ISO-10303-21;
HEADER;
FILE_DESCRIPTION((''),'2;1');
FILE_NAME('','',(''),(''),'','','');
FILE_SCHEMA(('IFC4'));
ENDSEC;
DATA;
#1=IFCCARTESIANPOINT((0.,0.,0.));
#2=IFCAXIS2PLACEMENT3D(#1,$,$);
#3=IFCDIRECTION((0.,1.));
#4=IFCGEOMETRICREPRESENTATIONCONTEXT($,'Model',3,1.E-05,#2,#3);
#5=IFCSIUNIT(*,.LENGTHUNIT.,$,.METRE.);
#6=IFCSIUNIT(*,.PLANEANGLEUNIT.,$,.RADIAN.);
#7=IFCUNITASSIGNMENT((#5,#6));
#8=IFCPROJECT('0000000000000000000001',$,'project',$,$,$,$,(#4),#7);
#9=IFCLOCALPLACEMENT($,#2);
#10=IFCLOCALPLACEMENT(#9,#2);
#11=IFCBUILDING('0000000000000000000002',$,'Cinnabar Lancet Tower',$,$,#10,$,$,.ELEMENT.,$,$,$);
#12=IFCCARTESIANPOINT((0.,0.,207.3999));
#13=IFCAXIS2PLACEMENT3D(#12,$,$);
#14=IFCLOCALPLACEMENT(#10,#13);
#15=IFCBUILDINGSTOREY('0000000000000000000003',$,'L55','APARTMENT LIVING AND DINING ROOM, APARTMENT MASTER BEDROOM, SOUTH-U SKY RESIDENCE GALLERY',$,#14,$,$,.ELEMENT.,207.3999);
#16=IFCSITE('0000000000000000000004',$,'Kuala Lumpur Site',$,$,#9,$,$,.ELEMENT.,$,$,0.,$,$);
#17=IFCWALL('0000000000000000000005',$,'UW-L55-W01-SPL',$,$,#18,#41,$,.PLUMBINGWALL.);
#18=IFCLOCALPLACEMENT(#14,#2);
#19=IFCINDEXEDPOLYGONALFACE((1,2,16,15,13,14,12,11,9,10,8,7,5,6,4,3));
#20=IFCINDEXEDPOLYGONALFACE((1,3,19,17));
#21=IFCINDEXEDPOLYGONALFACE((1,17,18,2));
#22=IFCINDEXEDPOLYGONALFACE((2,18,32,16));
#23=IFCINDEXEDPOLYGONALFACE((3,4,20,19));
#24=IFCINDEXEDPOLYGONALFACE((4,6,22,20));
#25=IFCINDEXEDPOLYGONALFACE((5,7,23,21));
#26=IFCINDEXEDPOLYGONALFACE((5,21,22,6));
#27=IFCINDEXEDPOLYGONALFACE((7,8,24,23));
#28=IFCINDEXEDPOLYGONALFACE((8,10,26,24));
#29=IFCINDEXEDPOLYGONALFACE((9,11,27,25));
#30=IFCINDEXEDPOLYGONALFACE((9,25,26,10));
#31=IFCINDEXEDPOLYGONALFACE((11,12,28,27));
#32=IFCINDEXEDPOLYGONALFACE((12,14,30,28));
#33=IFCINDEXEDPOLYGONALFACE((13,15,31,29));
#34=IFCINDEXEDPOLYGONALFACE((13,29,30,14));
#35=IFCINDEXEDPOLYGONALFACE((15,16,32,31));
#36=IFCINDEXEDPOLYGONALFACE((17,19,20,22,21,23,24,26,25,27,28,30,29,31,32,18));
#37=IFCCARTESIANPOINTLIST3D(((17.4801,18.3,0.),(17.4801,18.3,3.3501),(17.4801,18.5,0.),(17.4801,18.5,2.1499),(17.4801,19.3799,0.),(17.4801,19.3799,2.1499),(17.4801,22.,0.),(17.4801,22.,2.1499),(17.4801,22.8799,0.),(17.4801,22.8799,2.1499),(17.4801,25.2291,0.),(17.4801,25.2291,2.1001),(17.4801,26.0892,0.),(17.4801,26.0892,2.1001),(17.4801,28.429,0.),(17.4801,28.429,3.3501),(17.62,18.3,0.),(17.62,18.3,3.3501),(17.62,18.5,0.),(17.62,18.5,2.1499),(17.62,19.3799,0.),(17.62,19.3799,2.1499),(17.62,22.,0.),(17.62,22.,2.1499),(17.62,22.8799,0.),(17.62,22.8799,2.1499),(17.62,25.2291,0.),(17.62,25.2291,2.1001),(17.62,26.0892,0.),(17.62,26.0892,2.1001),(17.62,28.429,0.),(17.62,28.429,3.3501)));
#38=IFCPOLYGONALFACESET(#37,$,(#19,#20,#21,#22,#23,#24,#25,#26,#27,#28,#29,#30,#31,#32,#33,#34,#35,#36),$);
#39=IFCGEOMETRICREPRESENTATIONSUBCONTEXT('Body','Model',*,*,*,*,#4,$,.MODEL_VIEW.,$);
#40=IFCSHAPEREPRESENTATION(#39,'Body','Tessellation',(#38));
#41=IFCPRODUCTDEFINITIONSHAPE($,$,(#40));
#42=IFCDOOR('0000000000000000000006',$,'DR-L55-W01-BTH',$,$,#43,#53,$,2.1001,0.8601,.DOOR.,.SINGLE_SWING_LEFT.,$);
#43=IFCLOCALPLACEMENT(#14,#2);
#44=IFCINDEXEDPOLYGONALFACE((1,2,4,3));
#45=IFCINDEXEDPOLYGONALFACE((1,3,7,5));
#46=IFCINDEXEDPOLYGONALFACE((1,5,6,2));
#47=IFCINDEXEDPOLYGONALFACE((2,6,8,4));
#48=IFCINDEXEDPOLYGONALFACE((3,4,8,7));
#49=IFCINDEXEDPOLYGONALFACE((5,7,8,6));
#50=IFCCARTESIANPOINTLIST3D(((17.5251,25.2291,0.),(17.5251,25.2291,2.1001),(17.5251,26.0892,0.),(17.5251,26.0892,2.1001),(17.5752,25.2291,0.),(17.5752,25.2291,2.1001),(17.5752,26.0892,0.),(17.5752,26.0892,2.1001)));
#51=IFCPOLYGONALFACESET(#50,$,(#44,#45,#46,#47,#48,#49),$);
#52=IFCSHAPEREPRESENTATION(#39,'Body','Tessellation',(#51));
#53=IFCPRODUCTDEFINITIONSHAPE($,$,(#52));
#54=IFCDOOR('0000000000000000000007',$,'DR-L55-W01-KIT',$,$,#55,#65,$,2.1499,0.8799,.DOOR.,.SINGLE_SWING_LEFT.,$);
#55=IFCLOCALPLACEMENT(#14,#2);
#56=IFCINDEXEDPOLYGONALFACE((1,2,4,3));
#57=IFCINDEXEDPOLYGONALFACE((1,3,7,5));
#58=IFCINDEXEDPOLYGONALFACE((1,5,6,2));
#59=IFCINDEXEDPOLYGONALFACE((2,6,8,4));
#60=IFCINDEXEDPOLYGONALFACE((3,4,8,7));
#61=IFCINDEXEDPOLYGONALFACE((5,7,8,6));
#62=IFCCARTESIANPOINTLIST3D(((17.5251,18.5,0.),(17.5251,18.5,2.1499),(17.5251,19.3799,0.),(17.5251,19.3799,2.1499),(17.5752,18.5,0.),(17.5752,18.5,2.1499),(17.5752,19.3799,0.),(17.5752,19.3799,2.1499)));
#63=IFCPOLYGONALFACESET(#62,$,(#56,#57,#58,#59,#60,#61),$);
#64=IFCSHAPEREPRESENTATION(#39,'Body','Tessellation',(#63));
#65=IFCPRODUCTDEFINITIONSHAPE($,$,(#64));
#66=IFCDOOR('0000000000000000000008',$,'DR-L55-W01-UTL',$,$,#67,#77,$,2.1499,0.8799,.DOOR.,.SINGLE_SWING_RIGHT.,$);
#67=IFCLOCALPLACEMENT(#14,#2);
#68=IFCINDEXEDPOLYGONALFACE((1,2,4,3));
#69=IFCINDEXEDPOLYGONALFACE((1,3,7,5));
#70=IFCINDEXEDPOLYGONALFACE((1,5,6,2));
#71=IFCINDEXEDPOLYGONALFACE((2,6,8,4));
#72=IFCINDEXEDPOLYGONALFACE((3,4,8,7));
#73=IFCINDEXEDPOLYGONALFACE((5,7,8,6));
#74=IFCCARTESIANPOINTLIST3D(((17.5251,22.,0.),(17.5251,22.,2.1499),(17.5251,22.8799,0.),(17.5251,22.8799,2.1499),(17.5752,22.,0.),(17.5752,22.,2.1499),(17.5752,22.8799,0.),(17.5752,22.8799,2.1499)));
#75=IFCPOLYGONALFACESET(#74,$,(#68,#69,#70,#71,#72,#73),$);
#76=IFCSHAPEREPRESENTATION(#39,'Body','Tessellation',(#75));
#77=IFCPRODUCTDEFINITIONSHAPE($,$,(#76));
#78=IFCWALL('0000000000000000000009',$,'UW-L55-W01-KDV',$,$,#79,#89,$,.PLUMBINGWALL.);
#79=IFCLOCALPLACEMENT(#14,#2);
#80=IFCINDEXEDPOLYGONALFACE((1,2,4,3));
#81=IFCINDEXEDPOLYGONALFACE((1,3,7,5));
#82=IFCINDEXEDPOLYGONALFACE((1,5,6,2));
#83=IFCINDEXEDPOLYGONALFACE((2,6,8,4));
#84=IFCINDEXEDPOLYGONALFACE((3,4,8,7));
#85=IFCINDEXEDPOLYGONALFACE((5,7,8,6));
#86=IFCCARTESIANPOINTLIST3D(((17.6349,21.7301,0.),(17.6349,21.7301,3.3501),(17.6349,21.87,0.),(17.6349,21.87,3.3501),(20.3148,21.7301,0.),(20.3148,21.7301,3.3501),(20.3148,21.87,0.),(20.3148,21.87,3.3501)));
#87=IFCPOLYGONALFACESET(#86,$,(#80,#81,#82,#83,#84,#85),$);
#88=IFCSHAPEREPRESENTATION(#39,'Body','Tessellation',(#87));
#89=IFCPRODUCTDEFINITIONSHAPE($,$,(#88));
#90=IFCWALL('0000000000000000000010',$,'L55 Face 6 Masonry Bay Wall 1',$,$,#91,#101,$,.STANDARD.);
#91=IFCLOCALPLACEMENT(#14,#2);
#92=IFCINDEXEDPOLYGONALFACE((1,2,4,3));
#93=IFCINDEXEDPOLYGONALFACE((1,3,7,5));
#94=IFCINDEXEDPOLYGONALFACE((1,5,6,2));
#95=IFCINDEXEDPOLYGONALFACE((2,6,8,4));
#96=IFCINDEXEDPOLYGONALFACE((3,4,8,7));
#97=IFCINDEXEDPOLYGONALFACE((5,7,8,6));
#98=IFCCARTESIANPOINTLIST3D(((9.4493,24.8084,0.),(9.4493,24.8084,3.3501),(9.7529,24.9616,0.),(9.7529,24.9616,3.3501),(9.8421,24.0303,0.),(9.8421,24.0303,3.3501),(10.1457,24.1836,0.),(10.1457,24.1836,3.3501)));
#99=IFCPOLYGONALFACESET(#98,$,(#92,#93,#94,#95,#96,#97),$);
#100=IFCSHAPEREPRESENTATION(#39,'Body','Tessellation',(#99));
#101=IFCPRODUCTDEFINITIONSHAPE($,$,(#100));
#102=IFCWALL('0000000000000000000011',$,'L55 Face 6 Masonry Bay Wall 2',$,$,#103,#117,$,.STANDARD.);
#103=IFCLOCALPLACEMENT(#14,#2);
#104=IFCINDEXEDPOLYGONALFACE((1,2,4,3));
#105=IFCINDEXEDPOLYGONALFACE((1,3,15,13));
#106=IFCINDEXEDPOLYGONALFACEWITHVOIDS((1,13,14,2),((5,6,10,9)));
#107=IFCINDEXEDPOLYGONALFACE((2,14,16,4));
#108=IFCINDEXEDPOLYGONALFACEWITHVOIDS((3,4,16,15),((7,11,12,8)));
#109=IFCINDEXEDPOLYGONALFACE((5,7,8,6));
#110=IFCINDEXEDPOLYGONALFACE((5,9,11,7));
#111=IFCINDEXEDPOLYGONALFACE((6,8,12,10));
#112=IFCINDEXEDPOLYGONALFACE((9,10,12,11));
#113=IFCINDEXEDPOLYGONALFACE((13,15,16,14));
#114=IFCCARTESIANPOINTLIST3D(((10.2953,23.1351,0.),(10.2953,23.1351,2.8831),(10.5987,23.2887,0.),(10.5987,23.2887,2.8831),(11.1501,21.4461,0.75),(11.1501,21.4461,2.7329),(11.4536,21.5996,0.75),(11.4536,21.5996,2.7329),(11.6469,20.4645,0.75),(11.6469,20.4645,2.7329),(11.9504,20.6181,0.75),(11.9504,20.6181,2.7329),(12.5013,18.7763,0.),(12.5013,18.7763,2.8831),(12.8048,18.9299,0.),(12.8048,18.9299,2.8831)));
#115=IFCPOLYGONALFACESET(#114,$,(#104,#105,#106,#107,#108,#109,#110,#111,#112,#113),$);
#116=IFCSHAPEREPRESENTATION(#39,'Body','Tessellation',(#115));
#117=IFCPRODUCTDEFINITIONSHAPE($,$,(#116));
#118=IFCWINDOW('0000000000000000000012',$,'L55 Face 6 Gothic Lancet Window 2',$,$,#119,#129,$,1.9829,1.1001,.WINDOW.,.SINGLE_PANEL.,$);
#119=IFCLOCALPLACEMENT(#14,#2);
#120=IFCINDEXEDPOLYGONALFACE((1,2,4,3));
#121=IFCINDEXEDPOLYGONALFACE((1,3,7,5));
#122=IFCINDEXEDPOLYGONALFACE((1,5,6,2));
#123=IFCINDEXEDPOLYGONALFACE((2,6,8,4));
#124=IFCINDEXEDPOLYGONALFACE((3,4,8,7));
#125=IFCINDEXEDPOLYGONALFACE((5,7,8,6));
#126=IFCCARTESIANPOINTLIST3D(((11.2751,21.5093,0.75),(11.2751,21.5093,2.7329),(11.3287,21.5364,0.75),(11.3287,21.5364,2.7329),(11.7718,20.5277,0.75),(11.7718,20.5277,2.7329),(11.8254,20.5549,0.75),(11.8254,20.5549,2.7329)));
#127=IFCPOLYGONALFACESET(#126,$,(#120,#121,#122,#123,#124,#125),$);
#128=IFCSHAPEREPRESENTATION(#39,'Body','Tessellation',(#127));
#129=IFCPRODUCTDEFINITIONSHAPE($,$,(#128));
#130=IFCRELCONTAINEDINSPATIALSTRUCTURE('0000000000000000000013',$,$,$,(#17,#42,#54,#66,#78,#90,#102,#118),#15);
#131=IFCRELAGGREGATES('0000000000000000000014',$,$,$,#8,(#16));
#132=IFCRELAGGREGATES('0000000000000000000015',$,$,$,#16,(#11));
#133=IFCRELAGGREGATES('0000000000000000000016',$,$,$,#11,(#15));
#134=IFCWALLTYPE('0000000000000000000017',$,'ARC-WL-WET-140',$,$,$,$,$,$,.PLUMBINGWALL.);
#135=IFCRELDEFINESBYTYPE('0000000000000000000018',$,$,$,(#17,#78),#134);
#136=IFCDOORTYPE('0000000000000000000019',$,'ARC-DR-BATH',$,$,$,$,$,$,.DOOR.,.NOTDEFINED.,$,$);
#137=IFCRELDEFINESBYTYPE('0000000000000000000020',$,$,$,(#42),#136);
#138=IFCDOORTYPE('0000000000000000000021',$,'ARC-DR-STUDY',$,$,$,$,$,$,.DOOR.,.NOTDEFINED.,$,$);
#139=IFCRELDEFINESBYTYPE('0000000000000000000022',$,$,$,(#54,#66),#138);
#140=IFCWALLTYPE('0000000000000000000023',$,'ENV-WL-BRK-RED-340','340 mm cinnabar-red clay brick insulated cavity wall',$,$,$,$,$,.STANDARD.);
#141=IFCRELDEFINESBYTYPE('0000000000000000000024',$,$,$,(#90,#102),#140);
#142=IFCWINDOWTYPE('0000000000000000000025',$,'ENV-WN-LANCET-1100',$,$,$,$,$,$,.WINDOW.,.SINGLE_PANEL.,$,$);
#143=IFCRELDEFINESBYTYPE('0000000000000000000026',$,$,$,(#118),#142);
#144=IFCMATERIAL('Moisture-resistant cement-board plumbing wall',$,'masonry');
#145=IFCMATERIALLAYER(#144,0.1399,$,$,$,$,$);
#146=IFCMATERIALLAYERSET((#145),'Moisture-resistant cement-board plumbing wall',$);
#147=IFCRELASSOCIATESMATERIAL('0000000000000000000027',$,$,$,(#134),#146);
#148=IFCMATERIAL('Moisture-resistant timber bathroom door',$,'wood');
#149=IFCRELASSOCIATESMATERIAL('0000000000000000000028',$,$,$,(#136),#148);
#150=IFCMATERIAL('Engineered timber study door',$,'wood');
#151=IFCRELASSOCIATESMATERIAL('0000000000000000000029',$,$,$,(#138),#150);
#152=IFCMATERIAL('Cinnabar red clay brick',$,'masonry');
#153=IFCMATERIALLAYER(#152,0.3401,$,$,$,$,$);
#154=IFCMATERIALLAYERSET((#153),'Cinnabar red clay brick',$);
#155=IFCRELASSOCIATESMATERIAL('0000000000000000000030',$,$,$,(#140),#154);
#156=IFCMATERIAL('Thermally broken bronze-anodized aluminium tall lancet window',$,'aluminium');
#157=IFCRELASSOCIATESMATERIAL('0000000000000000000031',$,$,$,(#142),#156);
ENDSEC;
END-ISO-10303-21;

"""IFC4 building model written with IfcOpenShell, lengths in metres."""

from ifc_helpers import new_model, si_unit, direction, frame, frame_2d, origin, place, context, subcontext, project, spatial, rectangle, extrude, material, layer, layer_set, type_object, element, fill, save


model = new_model("IFC4")

# Units and contexts
model_context = context("Model", 3, precision=1e-05, world=origin(), true_north=direction((0.0, 1.0)))
body_context = subcontext(model_context, "Body", "Model", "MODEL_VIEW")
ifc_project = project(units=[si_unit("LENGTHUNIT", "METRE"), si_unit("PLANEANGLEUNIT", "RADIAN")], contexts=[model_context])

# Site, building, storey
site_placement = place(None, origin())
site = spatial("IfcSite", under=ifc_project, at=site_placement, Name="Kuala Lumpur Site", CompositionType="ELEMENT", RefElevation=0.0)
building_placement = place(site_placement, origin())
building = spatial("IfcBuilding", under=site, at=building_placement, Name="Cinnabar Lancet Tower", CompositionType="ELEMENT")
storey_placement = place(building_placement, frame((0.0, 0.0, 207.3999)))
storey = spatial("IfcBuildingStorey", under=building, at=storey_placement, Name="L55", Description="APARTMENT LIVING AND DINING ROOM, APARTMENT MASTER BEDROOM, SOUTH-U SKY RESIDENCE GALLERY", CompositionType="ELEMENT", Elevation=207.3999)

# Wall, openings, doors
ifc_material_1 = material(Name="Moisture-resistant cement-board plumbing wall", Category="masonry")
ifc_layer_1 = layer(ifc_material_1, 0.1399)
ifc_layer_set_1 = layer_set([ifc_layer_1], Name="Moisture-resistant cement-board plumbing wall")
wall_type_1 = type_object("IfcWallType", Name="ARC-WL-WET-140", PredefinedType="PLUMBINGWALL", material=ifc_layer_set_1)
wall_1_placement = place(storey_placement, frame((17.55, 18.3, 0.0), z_axis=(0.0, 0.0, 1.0), x_axis=(0.0, 1.0, 0.0)))
wall_1 = element("IfcWall", 1, at=wall_1_placement, inside=storey, type_object=wall_type_1, Name="UW-L55-W01-SPL", PredefinedType="PLUMBINGWALL", context=body_context, shape_type="SweptSolid", body=[
    extrude(rectangle(XDim=10.1289, YDim=0.1399, at=frame_2d((5.0645, 0.0))), origin(), (0.0, 0.0, 1.0), 3.3501),
])
opening_1_placement = place(wall_1_placement, frame((0.2, 0.0, 0.0)))
opening_1 = element("IfcOpeningElement", 2, at=opening_1_placement, cuts=wall_1, PredefinedType="OPENING", context=body_context, shape_type="SweptSolid", body=[
    extrude(rectangle(XDim=0.8799, YDim=2.1499, at=frame_2d((0.4399, 1.075))), frame((0.0, 0.0798, 0.0), z_axis=(0.0, -1.0, 0.0), x_axis=(1.0, 0.0, 0.0)), (0.0, 0.0, 1.0), 0.1599),
])
opening_2_placement = place(wall_1_placement, frame((3.7, 0.0, 0.0)))
opening_2 = element("IfcOpeningElement", 3, at=opening_2_placement, cuts=wall_1, PredefinedType="OPENING", context=body_context, shape_type="SweptSolid", body=[
    extrude(rectangle(XDim=0.8799, YDim=2.1499, at=frame_2d((0.4399, 1.075))), frame((0.0, 0.0798, 0.0), z_axis=(0.0, -1.0, 0.0), x_axis=(1.0, 0.0, 0.0)), (0.0, 0.0, 1.0), 0.1599),
])
opening_3_placement = place(wall_1_placement, frame((6.929, 0.0, 0.0)))
opening_3 = element("IfcOpeningElement", 4, at=opening_3_placement, cuts=wall_1, PredefinedType="OPENING", context=body_context, shape_type="SweptSolid", body=[
    extrude(rectangle(XDim=0.8601, YDim=2.1001, at=frame_2d((0.4302, 1.05))), frame((0.0, 0.0798, 0.0), z_axis=(0.0, -1.0, 0.0), x_axis=(1.0, 0.0, 0.0)), (0.0, 0.0, 1.0), 0.1599),
])
ifc_material_2 = material(Name="Moisture-resistant timber bathroom door", Category="wood")
door_type_1 = type_object("IfcDoorType", Name="ARC-DR-BATH", OperationType="NOTDEFINED", PredefinedType="DOOR", material=ifc_material_2)
door_1_placement = place(opening_3_placement, origin())
door_1 = element("IfcDoor", 5, at=door_1_placement, inside=storey, type_object=door_type_1, Name="DR-L55-W01-BTH", OperationType="SINGLE_SWING_LEFT", OverallHeight=2.1001, OverallWidth=0.8601, PredefinedType="DOOR", context=body_context, shape_type="SweptSolid", body=[
    extrude(rectangle(XDim=0.8601, YDim=2.1001, at=frame_2d((0.4302, 1.05))), frame((0.0, 0.0249, 0.0), z_axis=(0.0, -1.0, 0.0), x_axis=(1.0, 0.0, 0.0)), (0.0, 0.0, 1.0), 0.05),
])
fill(opening_3, door_1)
ifc_material_3 = material(Name="Engineered timber study door", Category="wood")
door_type_2 = type_object("IfcDoorType", Name="ARC-DR-STUDY", OperationType="NOTDEFINED", PredefinedType="DOOR", material=ifc_material_3)
door_2_placement = place(opening_1_placement, origin())
door_2 = element("IfcDoor", 6, at=door_2_placement, inside=storey, type_object=door_type_2, Name="DR-L55-W01-KIT", OperationType="SINGLE_SWING_LEFT", OverallHeight=2.1499, OverallWidth=0.8799, PredefinedType="DOOR", context=body_context, shape_type="SweptSolid", body=[
    extrude(rectangle(XDim=0.8799, YDim=2.1499, at=frame_2d((0.4399, 1.075))), frame((0.0, 0.0249, 0.0), z_axis=(0.0, -1.0, 0.0), x_axis=(1.0, 0.0, 0.0)), (0.0, 0.0, 1.0), 0.05),
])
fill(opening_1, door_2)
door_3_placement = place(opening_2_placement, origin())
door_3 = element("IfcDoor", 7, at=door_3_placement, inside=storey, type_object=door_type_2, Name="DR-L55-W01-UTL", OperationType="SINGLE_SWING_RIGHT", OverallHeight=2.1499, OverallWidth=0.8799, PredefinedType="DOOR", context=body_context, shape_type="SweptSolid", body=[
    extrude(rectangle(XDim=0.8799, YDim=2.1499, at=frame_2d((0.4399, 1.075))), frame((0.0, 0.0249, 0.0), z_axis=(0.0, -1.0, 0.0), x_axis=(1.0, 0.0, 0.0)), (0.0, 0.0, 1.0), 0.05),
])
fill(opening_2, door_3)

# Walls
wall_2_placement = place(storey_placement, frame((17.635, 21.8, 0.0), z_axis=(0.0, 0.0, 1.0), x_axis=(1.0, 0.0, 0.0)))
element("IfcWall", 8, at=wall_2_placement, inside=storey, type_object=wall_type_1, Name="UW-L55-W01-KDV", PredefinedType="PLUMBINGWALL", context=body_context, shape_type="SweptSolid", body=[
    extrude(rectangle(XDim=2.6799, YDim=0.1399, at=frame_2d((1.3398, 0.0))), origin(), (0.0, 0.0, 1.0), 3.3501),
])
ifc_material_4 = material(Name="Cinnabar red clay brick", Category="masonry")
ifc_layer_2 = layer(ifc_material_4, 0.3401)
ifc_layer_set_2 = layer_set([ifc_layer_2], Name="Cinnabar red clay brick")
wall_type_2 = type_object("IfcWallType", Name="ENV-WL-BRK-RED-340", Description="340 mm cinnabar-red clay brick insulated cavity wall", PredefinedType="STANDARD", material=ifc_layer_set_2)
wall_3_placement = place(storey_placement, frame((9.6011, 24.885, 0.0), z_axis=(0.0, 0.0, 1.0), x_axis=(0.450683, -0.892684, 0.0)))
element("IfcWall", 9, at=wall_3_placement, inside=storey, type_object=wall_type_2, Name="L55 Face 6 Masonry Bay Wall 1", PredefinedType="STANDARD", context=body_context, shape_type="SweptSolid", body=[
    extrude(rectangle(XDim=0.8716, YDim=0.3401, at=frame_2d((0.4358, 0.0))), origin(), (0.0, 0.0, 1.0), 3.3501),
])

# Wall, opening, window
wall_4_placement = place(storey_placement, frame((10.447, 23.2119, 0.0), z_axis=(0.0, 0.0, 1.0), x_axis=(0.451566, -0.892238, 0.0)))
wall_4 = element("IfcWall", 10, at=wall_4_placement, inside=storey, type_object=wall_type_2, Name="L55 Face 6 Masonry Bay Wall 2", PredefinedType="STANDARD", context=body_context, shape_type="SweptSolid", body=[
    extrude(rectangle(XDim=4.8853, YDim=0.3401, at=frame_2d((2.4426, 0.0))), origin(), (0.0, 0.0, 1.0), 2.8831),
])
opening_4_placement = place(wall_4_placement, frame((1.8931, 0.0, 0.75)))
opening_4 = element("IfcOpeningElement", 11, at=opening_4_placement, cuts=wall_4, PredefinedType="OPENING", context=body_context, shape_type="SweptSolid", body=[
    extrude(rectangle(XDim=1.1001, YDim=1.9829, at=frame_2d((0.55, 0.9915))), frame((0.0, 0.1799, 0.0), z_axis=(0.0, -1.0, 0.0), x_axis=(1.0, 0.0, 0.0)), (0.0, 0.0, 1.0), 0.3601),
])
ifc_material_5 = material(Name="Thermally broken bronze-anodized aluminium tall lancet window", Category="aluminium")
window_type_1 = type_object("IfcWindowType", Name="ENV-WN-LANCET-1100", PartitioningType="SINGLE_PANEL", PredefinedType="WINDOW", material=ifc_material_5)
window_1_placement = place(opening_4_placement, origin())
window_1 = element("IfcWindow", 12, at=window_1_placement, inside=storey, type_object=window_type_1, Name="L55 Face 6 Gothic Lancet Window 2", OverallHeight=1.9829, OverallWidth=1.1001, PartitioningType="SINGLE_PANEL", PredefinedType="WINDOW", context=body_context, shape_type="SweptSolid", body=[
    extrude(rectangle(XDim=1.1001, YDim=1.9829, at=frame_2d((0.55, 0.9915))), frame((0.0, 0.03, 0.0), z_axis=(0.0, -1.0, 0.0), x_axis=(1.0, 0.0, 0.0)), (0.0, 0.0, 1.0), 0.0601),
])
fill(opening_4, window_1)

save(model, "model.ifc")
